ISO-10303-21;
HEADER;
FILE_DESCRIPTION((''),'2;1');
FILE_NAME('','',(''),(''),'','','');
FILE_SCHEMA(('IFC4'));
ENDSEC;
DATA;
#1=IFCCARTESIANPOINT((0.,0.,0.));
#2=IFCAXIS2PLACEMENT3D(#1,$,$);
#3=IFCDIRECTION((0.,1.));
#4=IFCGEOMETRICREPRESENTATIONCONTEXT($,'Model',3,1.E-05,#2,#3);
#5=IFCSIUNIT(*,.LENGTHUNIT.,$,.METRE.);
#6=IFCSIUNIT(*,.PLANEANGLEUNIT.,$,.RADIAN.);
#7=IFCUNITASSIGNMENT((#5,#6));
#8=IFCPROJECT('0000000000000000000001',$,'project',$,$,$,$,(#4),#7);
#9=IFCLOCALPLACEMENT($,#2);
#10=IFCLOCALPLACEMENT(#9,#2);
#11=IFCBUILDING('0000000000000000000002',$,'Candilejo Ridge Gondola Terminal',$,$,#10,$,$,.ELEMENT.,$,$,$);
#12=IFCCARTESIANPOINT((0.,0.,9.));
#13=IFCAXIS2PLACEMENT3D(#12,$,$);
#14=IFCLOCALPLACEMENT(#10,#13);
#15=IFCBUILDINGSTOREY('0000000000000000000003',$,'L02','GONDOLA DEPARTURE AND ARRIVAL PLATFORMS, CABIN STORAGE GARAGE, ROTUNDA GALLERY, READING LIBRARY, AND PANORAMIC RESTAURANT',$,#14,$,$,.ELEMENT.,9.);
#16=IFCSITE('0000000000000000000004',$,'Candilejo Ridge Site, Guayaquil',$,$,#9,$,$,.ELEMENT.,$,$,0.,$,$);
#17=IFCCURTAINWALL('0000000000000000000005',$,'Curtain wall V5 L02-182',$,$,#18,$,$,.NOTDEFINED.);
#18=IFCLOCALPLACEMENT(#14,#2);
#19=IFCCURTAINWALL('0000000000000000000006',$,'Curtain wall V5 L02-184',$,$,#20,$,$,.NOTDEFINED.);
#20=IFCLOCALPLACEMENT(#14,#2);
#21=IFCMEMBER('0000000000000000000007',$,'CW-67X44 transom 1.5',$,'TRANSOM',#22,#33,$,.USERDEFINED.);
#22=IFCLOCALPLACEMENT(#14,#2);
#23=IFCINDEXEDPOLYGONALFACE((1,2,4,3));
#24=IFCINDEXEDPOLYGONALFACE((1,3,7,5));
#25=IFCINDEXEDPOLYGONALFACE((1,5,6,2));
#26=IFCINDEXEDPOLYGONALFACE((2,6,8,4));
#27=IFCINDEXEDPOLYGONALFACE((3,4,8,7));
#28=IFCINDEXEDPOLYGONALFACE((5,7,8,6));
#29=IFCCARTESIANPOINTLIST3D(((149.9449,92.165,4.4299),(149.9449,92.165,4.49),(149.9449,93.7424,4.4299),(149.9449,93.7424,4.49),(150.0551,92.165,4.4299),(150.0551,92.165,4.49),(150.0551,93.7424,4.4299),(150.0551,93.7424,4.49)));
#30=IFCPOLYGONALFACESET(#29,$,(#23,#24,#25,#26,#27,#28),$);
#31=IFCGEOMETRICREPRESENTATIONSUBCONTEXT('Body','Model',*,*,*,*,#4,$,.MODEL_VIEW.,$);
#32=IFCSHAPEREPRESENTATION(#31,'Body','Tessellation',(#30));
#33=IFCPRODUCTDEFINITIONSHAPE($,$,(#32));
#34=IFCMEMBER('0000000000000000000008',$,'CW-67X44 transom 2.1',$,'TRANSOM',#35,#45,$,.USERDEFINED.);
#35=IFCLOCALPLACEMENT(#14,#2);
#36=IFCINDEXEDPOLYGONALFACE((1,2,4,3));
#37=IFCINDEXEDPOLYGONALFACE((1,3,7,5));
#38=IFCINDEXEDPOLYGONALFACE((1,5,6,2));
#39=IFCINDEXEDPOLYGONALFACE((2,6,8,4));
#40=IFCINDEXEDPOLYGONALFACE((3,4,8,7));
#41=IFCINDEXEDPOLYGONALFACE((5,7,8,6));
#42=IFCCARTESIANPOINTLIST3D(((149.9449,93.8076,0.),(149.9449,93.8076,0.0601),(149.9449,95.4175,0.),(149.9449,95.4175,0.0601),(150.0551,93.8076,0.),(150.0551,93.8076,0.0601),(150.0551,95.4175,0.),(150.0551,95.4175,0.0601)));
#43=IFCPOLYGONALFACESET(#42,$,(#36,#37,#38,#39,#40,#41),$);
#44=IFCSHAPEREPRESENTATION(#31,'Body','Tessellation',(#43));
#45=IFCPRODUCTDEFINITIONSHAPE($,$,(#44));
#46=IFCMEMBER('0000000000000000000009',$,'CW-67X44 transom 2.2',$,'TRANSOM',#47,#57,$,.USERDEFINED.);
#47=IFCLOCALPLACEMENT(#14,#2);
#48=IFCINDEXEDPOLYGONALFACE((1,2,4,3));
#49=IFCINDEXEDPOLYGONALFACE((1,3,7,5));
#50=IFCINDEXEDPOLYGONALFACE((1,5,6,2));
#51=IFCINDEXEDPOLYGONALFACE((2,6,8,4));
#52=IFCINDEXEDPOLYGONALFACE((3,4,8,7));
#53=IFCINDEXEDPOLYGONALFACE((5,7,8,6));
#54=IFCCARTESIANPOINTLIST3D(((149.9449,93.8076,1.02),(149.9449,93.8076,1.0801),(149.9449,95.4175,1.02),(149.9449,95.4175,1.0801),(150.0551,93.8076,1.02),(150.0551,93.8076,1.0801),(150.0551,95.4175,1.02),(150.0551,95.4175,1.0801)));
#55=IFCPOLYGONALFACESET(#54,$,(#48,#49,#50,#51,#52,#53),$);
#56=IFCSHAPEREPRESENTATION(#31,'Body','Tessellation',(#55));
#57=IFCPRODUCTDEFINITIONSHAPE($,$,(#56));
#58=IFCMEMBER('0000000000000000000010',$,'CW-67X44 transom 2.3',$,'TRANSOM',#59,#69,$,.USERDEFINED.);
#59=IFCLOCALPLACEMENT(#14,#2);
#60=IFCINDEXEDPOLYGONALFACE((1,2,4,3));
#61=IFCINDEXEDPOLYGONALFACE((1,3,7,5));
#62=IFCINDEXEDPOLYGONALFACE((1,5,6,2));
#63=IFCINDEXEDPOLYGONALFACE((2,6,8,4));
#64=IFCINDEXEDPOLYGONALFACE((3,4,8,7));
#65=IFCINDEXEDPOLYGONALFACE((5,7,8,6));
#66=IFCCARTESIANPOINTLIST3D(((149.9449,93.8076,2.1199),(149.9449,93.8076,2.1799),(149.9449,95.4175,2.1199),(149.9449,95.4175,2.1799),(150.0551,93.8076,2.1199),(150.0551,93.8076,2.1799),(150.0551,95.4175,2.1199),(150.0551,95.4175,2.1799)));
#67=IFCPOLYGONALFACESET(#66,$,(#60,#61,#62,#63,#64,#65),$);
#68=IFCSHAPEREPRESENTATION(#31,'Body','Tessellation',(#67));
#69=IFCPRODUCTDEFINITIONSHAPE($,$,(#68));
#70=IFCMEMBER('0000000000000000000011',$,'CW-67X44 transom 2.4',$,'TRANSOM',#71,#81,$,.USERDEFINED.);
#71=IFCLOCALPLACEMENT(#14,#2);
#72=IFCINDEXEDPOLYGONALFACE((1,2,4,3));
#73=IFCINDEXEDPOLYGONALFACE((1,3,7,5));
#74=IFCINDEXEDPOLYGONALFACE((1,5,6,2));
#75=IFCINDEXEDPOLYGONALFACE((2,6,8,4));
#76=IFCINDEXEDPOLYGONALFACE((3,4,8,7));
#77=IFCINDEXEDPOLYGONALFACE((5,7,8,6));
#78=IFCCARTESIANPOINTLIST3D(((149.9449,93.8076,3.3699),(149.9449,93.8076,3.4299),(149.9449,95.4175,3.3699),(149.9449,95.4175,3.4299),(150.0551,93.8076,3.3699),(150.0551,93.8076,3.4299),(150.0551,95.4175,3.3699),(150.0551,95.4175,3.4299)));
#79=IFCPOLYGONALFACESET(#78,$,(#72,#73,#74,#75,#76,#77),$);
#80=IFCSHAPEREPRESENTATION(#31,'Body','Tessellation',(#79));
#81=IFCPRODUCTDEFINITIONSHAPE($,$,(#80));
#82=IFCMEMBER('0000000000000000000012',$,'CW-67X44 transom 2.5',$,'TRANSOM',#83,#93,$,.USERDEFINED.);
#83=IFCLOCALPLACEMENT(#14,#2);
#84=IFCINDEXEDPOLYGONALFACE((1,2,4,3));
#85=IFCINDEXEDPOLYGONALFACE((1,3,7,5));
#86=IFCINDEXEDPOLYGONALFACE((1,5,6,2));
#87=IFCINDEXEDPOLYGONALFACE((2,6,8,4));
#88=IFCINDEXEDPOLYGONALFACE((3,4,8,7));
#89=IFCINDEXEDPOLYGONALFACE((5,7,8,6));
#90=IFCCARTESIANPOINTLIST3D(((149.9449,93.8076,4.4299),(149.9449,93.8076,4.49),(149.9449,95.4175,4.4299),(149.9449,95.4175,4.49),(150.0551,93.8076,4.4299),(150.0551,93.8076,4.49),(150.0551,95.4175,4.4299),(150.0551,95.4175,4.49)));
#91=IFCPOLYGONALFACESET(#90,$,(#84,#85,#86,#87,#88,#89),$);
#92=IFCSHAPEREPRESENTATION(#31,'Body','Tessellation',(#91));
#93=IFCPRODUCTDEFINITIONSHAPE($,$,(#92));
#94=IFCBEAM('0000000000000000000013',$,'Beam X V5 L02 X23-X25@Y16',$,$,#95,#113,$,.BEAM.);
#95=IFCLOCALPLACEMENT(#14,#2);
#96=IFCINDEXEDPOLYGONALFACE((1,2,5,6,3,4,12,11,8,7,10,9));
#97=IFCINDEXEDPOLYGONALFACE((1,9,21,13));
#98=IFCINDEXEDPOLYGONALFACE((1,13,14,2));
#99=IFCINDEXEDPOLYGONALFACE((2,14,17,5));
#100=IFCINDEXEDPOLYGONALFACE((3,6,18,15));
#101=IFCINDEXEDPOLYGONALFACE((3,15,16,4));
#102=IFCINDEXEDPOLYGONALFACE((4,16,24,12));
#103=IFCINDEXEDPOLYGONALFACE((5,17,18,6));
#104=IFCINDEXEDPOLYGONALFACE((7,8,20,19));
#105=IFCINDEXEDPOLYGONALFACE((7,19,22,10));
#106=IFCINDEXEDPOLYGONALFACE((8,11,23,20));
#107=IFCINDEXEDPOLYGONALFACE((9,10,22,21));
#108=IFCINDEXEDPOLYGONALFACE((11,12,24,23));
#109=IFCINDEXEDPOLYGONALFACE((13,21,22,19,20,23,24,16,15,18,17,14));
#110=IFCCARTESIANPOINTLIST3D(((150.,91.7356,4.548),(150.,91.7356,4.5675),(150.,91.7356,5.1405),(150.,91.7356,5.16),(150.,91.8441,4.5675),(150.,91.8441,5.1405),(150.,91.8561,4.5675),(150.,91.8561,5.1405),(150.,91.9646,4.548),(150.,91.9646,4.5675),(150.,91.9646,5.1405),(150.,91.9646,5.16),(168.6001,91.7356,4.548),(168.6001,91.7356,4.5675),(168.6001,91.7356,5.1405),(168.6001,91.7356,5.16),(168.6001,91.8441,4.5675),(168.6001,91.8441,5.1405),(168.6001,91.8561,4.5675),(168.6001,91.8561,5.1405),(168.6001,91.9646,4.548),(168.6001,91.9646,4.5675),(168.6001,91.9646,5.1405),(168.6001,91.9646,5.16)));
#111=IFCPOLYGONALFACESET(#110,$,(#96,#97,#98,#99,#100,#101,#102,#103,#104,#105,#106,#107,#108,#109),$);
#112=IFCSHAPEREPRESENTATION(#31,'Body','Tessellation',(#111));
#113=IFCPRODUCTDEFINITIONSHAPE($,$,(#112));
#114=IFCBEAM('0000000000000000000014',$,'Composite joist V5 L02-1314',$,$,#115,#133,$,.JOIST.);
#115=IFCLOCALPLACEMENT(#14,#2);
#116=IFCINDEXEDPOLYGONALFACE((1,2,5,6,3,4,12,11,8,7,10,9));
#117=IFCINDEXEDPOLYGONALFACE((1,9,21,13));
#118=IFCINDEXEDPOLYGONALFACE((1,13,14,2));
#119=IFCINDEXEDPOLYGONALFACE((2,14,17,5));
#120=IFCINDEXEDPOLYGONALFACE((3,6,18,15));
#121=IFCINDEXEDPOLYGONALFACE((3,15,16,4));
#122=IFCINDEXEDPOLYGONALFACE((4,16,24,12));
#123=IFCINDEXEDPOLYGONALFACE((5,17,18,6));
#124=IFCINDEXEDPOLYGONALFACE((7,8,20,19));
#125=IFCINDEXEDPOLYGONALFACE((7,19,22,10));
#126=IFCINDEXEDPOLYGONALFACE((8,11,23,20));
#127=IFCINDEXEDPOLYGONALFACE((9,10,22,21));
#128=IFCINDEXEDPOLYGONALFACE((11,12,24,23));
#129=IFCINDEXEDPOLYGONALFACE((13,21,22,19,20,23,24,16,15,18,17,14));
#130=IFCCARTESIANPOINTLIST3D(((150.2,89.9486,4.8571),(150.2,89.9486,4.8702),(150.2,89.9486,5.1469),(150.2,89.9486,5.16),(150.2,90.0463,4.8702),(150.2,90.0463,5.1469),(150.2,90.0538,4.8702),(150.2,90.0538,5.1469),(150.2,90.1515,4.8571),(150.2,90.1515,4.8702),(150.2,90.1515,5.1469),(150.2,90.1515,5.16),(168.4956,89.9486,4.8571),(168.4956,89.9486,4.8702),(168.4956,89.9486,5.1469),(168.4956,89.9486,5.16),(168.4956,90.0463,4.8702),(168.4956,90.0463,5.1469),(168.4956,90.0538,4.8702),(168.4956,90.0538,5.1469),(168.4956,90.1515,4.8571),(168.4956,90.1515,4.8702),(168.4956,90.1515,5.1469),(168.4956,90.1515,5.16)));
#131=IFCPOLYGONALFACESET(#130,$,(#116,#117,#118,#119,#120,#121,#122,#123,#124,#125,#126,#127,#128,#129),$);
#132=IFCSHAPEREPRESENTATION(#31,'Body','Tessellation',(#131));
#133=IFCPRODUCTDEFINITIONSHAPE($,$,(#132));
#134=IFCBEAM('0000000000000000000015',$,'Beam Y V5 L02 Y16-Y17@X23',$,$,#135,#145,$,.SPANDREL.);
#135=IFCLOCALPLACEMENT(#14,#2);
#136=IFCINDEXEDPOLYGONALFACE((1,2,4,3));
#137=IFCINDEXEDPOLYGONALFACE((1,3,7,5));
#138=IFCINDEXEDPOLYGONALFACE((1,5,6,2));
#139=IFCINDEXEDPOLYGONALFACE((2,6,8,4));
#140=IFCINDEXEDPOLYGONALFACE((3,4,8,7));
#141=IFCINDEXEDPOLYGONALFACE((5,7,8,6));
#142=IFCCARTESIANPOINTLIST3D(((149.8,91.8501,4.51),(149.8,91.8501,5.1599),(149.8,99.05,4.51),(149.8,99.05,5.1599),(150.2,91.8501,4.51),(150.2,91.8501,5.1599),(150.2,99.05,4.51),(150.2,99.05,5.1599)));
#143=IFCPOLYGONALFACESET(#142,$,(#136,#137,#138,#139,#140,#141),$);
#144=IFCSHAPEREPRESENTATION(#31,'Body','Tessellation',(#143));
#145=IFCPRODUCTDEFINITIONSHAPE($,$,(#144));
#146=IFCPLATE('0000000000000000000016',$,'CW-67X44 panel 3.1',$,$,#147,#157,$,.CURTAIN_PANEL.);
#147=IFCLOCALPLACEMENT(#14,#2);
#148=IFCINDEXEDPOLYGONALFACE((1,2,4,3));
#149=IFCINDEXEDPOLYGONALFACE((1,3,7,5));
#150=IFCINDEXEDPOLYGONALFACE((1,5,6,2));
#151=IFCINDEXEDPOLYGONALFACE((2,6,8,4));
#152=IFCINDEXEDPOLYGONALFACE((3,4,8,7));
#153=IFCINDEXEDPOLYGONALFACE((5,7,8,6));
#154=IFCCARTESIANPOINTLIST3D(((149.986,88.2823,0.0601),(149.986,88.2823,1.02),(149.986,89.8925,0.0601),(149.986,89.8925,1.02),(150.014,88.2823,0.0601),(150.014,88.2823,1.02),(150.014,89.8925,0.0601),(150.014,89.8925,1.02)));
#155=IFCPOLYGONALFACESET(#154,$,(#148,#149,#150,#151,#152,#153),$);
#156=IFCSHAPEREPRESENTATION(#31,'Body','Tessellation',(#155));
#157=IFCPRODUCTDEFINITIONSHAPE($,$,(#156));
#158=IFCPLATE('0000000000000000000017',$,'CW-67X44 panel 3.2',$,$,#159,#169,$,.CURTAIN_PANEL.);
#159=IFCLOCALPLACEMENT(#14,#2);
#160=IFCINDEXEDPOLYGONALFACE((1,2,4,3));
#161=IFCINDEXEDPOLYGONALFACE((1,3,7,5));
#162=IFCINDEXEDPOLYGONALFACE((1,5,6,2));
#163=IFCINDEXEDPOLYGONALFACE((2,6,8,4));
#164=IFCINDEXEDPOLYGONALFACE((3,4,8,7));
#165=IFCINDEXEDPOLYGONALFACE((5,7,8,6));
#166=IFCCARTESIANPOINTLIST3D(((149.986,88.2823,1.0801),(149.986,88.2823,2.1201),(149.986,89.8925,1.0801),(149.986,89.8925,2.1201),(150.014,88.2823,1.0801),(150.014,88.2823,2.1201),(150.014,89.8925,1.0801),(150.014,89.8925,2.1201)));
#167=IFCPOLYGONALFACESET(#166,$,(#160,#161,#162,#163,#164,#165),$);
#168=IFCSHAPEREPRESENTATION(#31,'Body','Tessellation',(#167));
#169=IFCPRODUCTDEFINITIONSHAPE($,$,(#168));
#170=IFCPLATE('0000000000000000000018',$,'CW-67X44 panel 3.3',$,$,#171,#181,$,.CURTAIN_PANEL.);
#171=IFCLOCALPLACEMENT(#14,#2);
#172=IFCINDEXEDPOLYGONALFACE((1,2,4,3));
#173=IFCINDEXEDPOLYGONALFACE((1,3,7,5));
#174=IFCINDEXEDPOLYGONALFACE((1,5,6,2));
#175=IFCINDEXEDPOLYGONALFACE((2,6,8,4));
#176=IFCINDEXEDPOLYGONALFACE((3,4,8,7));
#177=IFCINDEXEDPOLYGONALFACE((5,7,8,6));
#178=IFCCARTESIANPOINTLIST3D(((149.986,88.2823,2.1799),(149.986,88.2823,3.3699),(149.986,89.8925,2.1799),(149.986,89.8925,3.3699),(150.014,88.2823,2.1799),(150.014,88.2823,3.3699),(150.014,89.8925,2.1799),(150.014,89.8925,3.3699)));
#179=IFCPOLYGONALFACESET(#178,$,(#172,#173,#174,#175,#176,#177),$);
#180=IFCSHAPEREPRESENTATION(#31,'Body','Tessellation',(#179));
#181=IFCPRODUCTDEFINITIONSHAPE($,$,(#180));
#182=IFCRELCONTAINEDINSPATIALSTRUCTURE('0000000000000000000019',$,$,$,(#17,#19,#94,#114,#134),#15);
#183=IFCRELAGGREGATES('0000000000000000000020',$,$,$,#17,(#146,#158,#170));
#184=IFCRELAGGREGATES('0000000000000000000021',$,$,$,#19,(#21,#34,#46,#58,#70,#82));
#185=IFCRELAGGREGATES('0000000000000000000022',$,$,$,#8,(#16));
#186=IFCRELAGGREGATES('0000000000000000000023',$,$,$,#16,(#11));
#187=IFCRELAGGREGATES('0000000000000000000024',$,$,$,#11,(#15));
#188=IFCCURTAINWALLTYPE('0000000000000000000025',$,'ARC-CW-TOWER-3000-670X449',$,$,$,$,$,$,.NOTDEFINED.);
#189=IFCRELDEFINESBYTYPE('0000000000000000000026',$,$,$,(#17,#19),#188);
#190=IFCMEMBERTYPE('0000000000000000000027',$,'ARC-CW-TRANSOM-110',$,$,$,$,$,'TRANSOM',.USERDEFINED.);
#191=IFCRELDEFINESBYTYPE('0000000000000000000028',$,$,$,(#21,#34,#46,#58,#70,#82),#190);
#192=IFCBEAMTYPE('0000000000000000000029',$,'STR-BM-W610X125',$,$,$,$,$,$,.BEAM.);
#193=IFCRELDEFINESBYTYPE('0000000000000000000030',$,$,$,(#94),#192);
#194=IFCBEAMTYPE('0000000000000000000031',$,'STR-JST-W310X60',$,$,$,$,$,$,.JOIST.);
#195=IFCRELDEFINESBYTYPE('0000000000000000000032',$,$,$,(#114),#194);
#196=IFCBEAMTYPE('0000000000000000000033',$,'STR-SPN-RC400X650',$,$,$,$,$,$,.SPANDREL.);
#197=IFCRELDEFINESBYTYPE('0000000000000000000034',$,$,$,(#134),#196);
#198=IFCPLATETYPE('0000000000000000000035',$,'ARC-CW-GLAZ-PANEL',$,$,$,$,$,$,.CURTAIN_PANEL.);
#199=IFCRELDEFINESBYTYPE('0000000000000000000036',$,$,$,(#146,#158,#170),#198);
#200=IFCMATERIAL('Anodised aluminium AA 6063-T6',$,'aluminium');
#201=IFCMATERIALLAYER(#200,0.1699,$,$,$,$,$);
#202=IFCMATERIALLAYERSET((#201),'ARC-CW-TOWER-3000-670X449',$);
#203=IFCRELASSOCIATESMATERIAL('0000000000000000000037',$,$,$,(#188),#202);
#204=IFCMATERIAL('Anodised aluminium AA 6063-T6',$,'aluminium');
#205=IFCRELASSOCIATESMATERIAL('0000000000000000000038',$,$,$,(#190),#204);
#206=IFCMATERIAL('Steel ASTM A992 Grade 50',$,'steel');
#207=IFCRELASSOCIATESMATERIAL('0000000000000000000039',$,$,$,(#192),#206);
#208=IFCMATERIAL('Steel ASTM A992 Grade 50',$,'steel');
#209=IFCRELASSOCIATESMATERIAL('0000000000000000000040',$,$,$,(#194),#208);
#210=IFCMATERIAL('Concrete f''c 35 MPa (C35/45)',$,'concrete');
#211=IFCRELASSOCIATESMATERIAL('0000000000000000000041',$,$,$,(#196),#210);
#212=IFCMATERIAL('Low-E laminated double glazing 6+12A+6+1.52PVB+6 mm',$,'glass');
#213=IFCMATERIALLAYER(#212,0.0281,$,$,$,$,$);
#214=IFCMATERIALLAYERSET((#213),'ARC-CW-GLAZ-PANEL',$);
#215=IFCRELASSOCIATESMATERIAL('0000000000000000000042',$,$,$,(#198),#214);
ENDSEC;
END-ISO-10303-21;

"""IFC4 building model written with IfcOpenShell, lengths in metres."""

from ifc_helpers import new_model, si_unit, direction, frame, origin, origin_2d, place, context, subcontext, project, spatial, rectangle, i_section, extrude, material, layer, layer_set, material_profile, profile_set, type_object, element, aggregate, save


model = new_model("IFC4")

# Units and contexts
model_context = context("Model", 3, precision=1e-05, world=origin(), true_north=direction((0.0, 1.0)))
body_context = subcontext(model_context, "Body", "Model", "MODEL_VIEW")
ifc_project = project(units=[si_unit("LENGTHUNIT", "METRE"), si_unit("PLANEANGLEUNIT", "RADIAN")], contexts=[model_context])

# Site, building, storey
site_placement = place(None, origin())
site = spatial("IfcSite", under=ifc_project, at=site_placement, Name="Candilejo Ridge Site, Guayaquil", CompositionType="ELEMENT", RefElevation=0.0)
building_placement = place(site_placement, origin())
building = spatial("IfcBuilding", under=site, at=building_placement, Name="Candilejo Ridge Gondola Terminal", CompositionType="ELEMENT")
storey_placement = place(building_placement, frame((0.0, 0.0, 9.0)))
storey = spatial("IfcBuildingStorey", under=building, at=storey_placement, Name="L02", Description="GONDOLA DEPARTURE AND ARRIVAL PLATFORMS, CABIN STORAGE GARAGE, ROTUNDA GALLERY, READING LIBRARY, AND PANORAMIC RESTAURANT", CompositionType="ELEMENT", Elevation=9.0)

# Curtain walls
ifc_material_1 = material(Name="Anodised aluminium AA 6063-T6", Category="aluminium")
ifc_layer_1 = layer(ifc_material_1, 0.1699)
ifc_layer_set_1 = layer_set([ifc_layer_1], Name="ARC-CW-TOWER-3000-670X449")
curtain_wall_type = type_object("IfcCurtainWallType", Name="ARC-CW-TOWER-3000-670X449", PredefinedType="NOTDEFINED", material=ifc_layer_set_1)
curtain_wall_1_placement = place(storey_placement, origin())
curtain_wall_1 = element("IfcCurtainWall", 1, at=curtain_wall_1_placement, inside=storey, type_object=curtain_wall_type, Name="Curtain wall V5 L02-182", PredefinedType="NOTDEFINED")
curtain_wall_2_placement = place(storey_placement, origin())
curtain_wall_2 = element("IfcCurtainWall", 2, at=curtain_wall_2_placement, inside=storey, type_object=curtain_wall_type, Name="Curtain wall V5 L02-184", PredefinedType="NOTDEFINED")

# Members
ifc_material_2 = material(Name="Anodised aluminium AA 6063-T6", Category="aluminium")
ifc_material_profile_1 = material_profile(ifc_material_2, rectangle(XDim=0.1101, YDim=0.0601, at=origin_2d()))
ifc_profile_set_1 = profile_set([ifc_material_profile_1], Name="Anodised aluminium AA 6063-T6")
member_type_1 = type_object("IfcMemberType", Name="ARC-CW-TRANSOM-110", ElementType="TRANSOM", PredefinedType="USERDEFINED", material=ifc_profile_set_1)
member_1_placement = place(storey_placement, frame((150.0, 92.165, 4.46), z_axis=(0.0, 1.0, 0.0), x_axis=(-1.0, 0.0, 0.0)))
member_1 = element("IfcMember", 3, at=member_1_placement, type_object=member_type_1, Name="CW-67X44 transom 1.5", ObjectType="TRANSOM", PredefinedType="USERDEFINED", context=body_context, shape_type="SweptSolid", body=[
    extrude(rectangle(XDim=0.1101, YDim=0.0601, at=origin_2d()), origin(), (0.0, 0.0, 1.0), 1.5774),
])
member_2_placement = place(storey_placement, frame((150.0, 93.8076, 0.03), z_axis=(0.0, 1.0, 0.0), x_axis=(-1.0, 0.0, 0.0)))
member_2 = element("IfcMember", 4, at=member_2_placement, type_object=member_type_1, Name="CW-67X44 transom 2.1", ObjectType="TRANSOM", PredefinedType="USERDEFINED", context=body_context, shape_type="SweptSolid", body=[
    extrude(rectangle(XDim=0.1101, YDim=0.0601, at=origin_2d()), origin(), (0.0, 0.0, 1.0), 1.6099),
])
member_3_placement = place(storey_placement, frame((150.0, 93.8076, 1.05), z_axis=(0.0, 1.0, 0.0), x_axis=(-1.0, 0.0, 0.0)))
member_3 = element("IfcMember", 5, at=member_3_placement, type_object=member_type_1, Name="CW-67X44 transom 2.2", ObjectType="TRANSOM", PredefinedType="USERDEFINED", context=body_context, shape_type="SweptSolid", body=[
    extrude(rectangle(XDim=0.1101, YDim=0.0601, at=origin_2d()), origin(), (0.0, 0.0, 1.0), 1.6099),
])
member_4_placement = place(storey_placement, frame((150.0, 93.8076, 2.1499), z_axis=(0.0, 1.0, 0.0), x_axis=(-1.0, 0.0, 0.0)))
member_4 = element("IfcMember", 6, at=member_4_placement, type_object=member_type_1, Name="CW-67X44 transom 2.3", ObjectType="TRANSOM", PredefinedType="USERDEFINED", context=body_context, shape_type="SweptSolid", body=[
    extrude(rectangle(XDim=0.1101, YDim=0.0601, at=origin_2d()), origin(), (0.0, 0.0, 1.0), 1.6099),
])
member_5_placement = place(storey_placement, frame((150.0, 93.8076, 3.3999), z_axis=(0.0, 1.0, 0.0), x_axis=(-1.0, 0.0, 0.0)))
member_5 = element("IfcMember", 7, at=member_5_placement, type_object=member_type_1, Name="CW-67X44 transom 2.4", ObjectType="TRANSOM", PredefinedType="USERDEFINED", context=body_context, shape_type="SweptSolid", body=[
    extrude(rectangle(XDim=0.1101, YDim=0.0601, at=origin_2d()), origin(), (0.0, 0.0, 1.0), 1.6099),
])
member_6_placement = place(storey_placement, frame((150.0, 93.8076, 4.46), z_axis=(0.0, 1.0, 0.0), x_axis=(-1.0, 0.0, 0.0)))
member_6 = element("IfcMember", 8, at=member_6_placement, type_object=member_type_1, Name="CW-67X44 transom 2.5", ObjectType="TRANSOM", PredefinedType="USERDEFINED", context=body_context, shape_type="SweptSolid", body=[
    extrude(rectangle(XDim=0.1101, YDim=0.0601, at=origin_2d()), origin(), (0.0, 0.0, 1.0), 1.6099),
])

# Beams
ifc_material_3 = material(Name="Steel ASTM A992 Grade 50", Category="steel")
ifc_material_profile_2 = material_profile(ifc_material_3, i_section(OverallWidth=0.229, OverallDepth=0.6121, WebThickness=0.012, FlangeThickness=0.0195, at=origin_2d()))
ifc_profile_set_2 = profile_set([ifc_material_profile_2], Name="Steel ASTM A992 Grade 50")
beam_type_1 = type_object("IfcBeamType", Name="STR-BM-W610X125", PredefinedType="BEAM", material=ifc_profile_set_2)
beam_1_placement = place(storey_placement, frame((150.0, 91.8501, 4.854), z_axis=(1.0, 0.0, 0.0), x_axis=(0.0, 1.0, 0.0)))
element("IfcBeam", 9, at=beam_1_placement, inside=storey, type_object=beam_type_1, Name="Beam X V5 L02 X23-X25@Y16", PredefinedType="BEAM", context=body_context, shape_type="SweptSolid", body=[
    extrude(i_section(OverallWidth=0.229, OverallDepth=0.6121, WebThickness=0.012, FlangeThickness=0.0195, at=origin_2d()), origin(), (0.0, 0.0, 1.0), 18.6001),
])
ifc_material_4 = material(Name="Steel ASTM A992 Grade 50", Category="steel")
ifc_material_profile_3 = material_profile(ifc_material_4, i_section(OverallWidth=0.2029, OverallDepth=0.303, WebThickness=0.0076, FlangeThickness=0.0132, at=origin_2d()))
ifc_profile_set_3 = profile_set([ifc_material_profile_3], Name="Steel ASTM A992 Grade 50")
beam_type_2 = type_object("IfcBeamType", Name="STR-JST-W310X60", PredefinedType="JOIST", material=ifc_profile_set_3)
beam_2_placement = place(storey_placement, frame((150.2, 90.05, 5.0085), z_axis=(1.0, 0.0, 0.0), x_axis=(0.0, 1.0, 0.0)))
element("IfcBeam", 10, at=beam_2_placement, inside=storey, type_object=beam_type_2, Name="Composite joist V5 L02-1314", PredefinedType="JOIST", context=body_context, shape_type="SweptSolid", body=[
    extrude(i_section(OverallWidth=0.2029, OverallDepth=0.303, WebThickness=0.0076, FlangeThickness=0.0132, at=origin_2d()), origin(), (0.0, 0.0, 1.0), 18.2957),
])
ifc_material_5 = material(Name="Concrete f'c 35 MPa (C35/45)", Category="concrete")
ifc_material_profile_4 = material_profile(ifc_material_5, rectangle(XDim=0.3999, YDim=0.6499, at=origin_2d()))
ifc_profile_set_4 = profile_set([ifc_material_profile_4], Name="Concrete f'c 35 MPa (C35/45)")
beam_type_3 = type_object("IfcBeamType", Name="STR-SPN-RC400X650", PredefinedType="SPANDREL", material=ifc_profile_set_4)
beam_3_placement = place(storey_placement, frame((150.0, 91.8501, 4.835), z_axis=(0.0, 1.0, 0.0), x_axis=(-1.0, 0.0, 0.0)))
element("IfcBeam", 11, at=beam_3_placement, inside=storey, type_object=beam_type_3, Name="Beam Y V5 L02 Y16-Y17@X23", PredefinedType="SPANDREL", context=body_context, shape_type="SweptSolid", body=[
    extrude(rectangle(XDim=0.3999, YDim=0.6499, at=origin_2d()), origin(), (0.0, 0.0, 1.0), 7.2),
])

# Plates
ifc_material_6 = material(Name="Low-E laminated double glazing 6+12A+6+1.52PVB+6 mm", Category="glass")
ifc_layer_2 = layer(ifc_material_6, 0.0281)
ifc_layer_set_2 = layer_set([ifc_layer_2], Name="ARC-CW-GLAZ-PANEL")
plate_type = type_object("IfcPlateType", Name="ARC-CW-GLAZ-PANEL", PredefinedType="CURTAIN_PANEL", material=ifc_layer_set_2)
plate_1_placement = place(storey_placement, frame((150.0, 89.0874, 0.0601), z_axis=(0.0, 0.0, 1.0), x_axis=(0.0, 1.0, 0.0)))
plate_1 = element("IfcPlate", 12, at=plate_1_placement, type_object=plate_type, Name="CW-67X44 panel 3.1", PredefinedType="CURTAIN_PANEL", context=body_context, shape_type="SweptSolid", body=[
    extrude(rectangle(XDim=1.6101, YDim=0.0281, at=origin_2d()), origin(), (0.0, 0.0, 1.0), 0.96),
])
plate_2_placement = place(storey_placement, frame((150.0, 89.0874, 1.0801), z_axis=(0.0, 0.0, 1.0), x_axis=(0.0, 1.0, 0.0)))
plate_2 = element("IfcPlate", 13, at=plate_2_placement, type_object=plate_type, Name="CW-67X44 panel 3.2", PredefinedType="CURTAIN_PANEL", context=body_context, shape_type="SweptSolid", body=[
    extrude(rectangle(XDim=1.6101, YDim=0.0281, at=origin_2d()), origin(), (0.0, 0.0, 1.0), 1.04),
])
plate_3_placement = place(storey_placement, frame((150.0, 89.0874, 2.1799), z_axis=(0.0, 0.0, 1.0), x_axis=(0.0, 1.0, 0.0)))
plate_3 = element("IfcPlate", 14, at=plate_3_placement, type_object=plate_type, Name="CW-67X44 panel 3.3", PredefinedType="CURTAIN_PANEL", context=body_context, shape_type="SweptSolid", body=[
    extrude(rectangle(XDim=1.6101, YDim=0.0281, at=origin_2d()), origin(), (0.0, 0.0, 1.0), 1.1899),
])
aggregate(curtain_wall_1, [plate_1, plate_2, plate_3])
aggregate(curtain_wall_2, [member_1, member_2, member_3, member_4, member_5, member_6])

save(model, "model.ifc")
